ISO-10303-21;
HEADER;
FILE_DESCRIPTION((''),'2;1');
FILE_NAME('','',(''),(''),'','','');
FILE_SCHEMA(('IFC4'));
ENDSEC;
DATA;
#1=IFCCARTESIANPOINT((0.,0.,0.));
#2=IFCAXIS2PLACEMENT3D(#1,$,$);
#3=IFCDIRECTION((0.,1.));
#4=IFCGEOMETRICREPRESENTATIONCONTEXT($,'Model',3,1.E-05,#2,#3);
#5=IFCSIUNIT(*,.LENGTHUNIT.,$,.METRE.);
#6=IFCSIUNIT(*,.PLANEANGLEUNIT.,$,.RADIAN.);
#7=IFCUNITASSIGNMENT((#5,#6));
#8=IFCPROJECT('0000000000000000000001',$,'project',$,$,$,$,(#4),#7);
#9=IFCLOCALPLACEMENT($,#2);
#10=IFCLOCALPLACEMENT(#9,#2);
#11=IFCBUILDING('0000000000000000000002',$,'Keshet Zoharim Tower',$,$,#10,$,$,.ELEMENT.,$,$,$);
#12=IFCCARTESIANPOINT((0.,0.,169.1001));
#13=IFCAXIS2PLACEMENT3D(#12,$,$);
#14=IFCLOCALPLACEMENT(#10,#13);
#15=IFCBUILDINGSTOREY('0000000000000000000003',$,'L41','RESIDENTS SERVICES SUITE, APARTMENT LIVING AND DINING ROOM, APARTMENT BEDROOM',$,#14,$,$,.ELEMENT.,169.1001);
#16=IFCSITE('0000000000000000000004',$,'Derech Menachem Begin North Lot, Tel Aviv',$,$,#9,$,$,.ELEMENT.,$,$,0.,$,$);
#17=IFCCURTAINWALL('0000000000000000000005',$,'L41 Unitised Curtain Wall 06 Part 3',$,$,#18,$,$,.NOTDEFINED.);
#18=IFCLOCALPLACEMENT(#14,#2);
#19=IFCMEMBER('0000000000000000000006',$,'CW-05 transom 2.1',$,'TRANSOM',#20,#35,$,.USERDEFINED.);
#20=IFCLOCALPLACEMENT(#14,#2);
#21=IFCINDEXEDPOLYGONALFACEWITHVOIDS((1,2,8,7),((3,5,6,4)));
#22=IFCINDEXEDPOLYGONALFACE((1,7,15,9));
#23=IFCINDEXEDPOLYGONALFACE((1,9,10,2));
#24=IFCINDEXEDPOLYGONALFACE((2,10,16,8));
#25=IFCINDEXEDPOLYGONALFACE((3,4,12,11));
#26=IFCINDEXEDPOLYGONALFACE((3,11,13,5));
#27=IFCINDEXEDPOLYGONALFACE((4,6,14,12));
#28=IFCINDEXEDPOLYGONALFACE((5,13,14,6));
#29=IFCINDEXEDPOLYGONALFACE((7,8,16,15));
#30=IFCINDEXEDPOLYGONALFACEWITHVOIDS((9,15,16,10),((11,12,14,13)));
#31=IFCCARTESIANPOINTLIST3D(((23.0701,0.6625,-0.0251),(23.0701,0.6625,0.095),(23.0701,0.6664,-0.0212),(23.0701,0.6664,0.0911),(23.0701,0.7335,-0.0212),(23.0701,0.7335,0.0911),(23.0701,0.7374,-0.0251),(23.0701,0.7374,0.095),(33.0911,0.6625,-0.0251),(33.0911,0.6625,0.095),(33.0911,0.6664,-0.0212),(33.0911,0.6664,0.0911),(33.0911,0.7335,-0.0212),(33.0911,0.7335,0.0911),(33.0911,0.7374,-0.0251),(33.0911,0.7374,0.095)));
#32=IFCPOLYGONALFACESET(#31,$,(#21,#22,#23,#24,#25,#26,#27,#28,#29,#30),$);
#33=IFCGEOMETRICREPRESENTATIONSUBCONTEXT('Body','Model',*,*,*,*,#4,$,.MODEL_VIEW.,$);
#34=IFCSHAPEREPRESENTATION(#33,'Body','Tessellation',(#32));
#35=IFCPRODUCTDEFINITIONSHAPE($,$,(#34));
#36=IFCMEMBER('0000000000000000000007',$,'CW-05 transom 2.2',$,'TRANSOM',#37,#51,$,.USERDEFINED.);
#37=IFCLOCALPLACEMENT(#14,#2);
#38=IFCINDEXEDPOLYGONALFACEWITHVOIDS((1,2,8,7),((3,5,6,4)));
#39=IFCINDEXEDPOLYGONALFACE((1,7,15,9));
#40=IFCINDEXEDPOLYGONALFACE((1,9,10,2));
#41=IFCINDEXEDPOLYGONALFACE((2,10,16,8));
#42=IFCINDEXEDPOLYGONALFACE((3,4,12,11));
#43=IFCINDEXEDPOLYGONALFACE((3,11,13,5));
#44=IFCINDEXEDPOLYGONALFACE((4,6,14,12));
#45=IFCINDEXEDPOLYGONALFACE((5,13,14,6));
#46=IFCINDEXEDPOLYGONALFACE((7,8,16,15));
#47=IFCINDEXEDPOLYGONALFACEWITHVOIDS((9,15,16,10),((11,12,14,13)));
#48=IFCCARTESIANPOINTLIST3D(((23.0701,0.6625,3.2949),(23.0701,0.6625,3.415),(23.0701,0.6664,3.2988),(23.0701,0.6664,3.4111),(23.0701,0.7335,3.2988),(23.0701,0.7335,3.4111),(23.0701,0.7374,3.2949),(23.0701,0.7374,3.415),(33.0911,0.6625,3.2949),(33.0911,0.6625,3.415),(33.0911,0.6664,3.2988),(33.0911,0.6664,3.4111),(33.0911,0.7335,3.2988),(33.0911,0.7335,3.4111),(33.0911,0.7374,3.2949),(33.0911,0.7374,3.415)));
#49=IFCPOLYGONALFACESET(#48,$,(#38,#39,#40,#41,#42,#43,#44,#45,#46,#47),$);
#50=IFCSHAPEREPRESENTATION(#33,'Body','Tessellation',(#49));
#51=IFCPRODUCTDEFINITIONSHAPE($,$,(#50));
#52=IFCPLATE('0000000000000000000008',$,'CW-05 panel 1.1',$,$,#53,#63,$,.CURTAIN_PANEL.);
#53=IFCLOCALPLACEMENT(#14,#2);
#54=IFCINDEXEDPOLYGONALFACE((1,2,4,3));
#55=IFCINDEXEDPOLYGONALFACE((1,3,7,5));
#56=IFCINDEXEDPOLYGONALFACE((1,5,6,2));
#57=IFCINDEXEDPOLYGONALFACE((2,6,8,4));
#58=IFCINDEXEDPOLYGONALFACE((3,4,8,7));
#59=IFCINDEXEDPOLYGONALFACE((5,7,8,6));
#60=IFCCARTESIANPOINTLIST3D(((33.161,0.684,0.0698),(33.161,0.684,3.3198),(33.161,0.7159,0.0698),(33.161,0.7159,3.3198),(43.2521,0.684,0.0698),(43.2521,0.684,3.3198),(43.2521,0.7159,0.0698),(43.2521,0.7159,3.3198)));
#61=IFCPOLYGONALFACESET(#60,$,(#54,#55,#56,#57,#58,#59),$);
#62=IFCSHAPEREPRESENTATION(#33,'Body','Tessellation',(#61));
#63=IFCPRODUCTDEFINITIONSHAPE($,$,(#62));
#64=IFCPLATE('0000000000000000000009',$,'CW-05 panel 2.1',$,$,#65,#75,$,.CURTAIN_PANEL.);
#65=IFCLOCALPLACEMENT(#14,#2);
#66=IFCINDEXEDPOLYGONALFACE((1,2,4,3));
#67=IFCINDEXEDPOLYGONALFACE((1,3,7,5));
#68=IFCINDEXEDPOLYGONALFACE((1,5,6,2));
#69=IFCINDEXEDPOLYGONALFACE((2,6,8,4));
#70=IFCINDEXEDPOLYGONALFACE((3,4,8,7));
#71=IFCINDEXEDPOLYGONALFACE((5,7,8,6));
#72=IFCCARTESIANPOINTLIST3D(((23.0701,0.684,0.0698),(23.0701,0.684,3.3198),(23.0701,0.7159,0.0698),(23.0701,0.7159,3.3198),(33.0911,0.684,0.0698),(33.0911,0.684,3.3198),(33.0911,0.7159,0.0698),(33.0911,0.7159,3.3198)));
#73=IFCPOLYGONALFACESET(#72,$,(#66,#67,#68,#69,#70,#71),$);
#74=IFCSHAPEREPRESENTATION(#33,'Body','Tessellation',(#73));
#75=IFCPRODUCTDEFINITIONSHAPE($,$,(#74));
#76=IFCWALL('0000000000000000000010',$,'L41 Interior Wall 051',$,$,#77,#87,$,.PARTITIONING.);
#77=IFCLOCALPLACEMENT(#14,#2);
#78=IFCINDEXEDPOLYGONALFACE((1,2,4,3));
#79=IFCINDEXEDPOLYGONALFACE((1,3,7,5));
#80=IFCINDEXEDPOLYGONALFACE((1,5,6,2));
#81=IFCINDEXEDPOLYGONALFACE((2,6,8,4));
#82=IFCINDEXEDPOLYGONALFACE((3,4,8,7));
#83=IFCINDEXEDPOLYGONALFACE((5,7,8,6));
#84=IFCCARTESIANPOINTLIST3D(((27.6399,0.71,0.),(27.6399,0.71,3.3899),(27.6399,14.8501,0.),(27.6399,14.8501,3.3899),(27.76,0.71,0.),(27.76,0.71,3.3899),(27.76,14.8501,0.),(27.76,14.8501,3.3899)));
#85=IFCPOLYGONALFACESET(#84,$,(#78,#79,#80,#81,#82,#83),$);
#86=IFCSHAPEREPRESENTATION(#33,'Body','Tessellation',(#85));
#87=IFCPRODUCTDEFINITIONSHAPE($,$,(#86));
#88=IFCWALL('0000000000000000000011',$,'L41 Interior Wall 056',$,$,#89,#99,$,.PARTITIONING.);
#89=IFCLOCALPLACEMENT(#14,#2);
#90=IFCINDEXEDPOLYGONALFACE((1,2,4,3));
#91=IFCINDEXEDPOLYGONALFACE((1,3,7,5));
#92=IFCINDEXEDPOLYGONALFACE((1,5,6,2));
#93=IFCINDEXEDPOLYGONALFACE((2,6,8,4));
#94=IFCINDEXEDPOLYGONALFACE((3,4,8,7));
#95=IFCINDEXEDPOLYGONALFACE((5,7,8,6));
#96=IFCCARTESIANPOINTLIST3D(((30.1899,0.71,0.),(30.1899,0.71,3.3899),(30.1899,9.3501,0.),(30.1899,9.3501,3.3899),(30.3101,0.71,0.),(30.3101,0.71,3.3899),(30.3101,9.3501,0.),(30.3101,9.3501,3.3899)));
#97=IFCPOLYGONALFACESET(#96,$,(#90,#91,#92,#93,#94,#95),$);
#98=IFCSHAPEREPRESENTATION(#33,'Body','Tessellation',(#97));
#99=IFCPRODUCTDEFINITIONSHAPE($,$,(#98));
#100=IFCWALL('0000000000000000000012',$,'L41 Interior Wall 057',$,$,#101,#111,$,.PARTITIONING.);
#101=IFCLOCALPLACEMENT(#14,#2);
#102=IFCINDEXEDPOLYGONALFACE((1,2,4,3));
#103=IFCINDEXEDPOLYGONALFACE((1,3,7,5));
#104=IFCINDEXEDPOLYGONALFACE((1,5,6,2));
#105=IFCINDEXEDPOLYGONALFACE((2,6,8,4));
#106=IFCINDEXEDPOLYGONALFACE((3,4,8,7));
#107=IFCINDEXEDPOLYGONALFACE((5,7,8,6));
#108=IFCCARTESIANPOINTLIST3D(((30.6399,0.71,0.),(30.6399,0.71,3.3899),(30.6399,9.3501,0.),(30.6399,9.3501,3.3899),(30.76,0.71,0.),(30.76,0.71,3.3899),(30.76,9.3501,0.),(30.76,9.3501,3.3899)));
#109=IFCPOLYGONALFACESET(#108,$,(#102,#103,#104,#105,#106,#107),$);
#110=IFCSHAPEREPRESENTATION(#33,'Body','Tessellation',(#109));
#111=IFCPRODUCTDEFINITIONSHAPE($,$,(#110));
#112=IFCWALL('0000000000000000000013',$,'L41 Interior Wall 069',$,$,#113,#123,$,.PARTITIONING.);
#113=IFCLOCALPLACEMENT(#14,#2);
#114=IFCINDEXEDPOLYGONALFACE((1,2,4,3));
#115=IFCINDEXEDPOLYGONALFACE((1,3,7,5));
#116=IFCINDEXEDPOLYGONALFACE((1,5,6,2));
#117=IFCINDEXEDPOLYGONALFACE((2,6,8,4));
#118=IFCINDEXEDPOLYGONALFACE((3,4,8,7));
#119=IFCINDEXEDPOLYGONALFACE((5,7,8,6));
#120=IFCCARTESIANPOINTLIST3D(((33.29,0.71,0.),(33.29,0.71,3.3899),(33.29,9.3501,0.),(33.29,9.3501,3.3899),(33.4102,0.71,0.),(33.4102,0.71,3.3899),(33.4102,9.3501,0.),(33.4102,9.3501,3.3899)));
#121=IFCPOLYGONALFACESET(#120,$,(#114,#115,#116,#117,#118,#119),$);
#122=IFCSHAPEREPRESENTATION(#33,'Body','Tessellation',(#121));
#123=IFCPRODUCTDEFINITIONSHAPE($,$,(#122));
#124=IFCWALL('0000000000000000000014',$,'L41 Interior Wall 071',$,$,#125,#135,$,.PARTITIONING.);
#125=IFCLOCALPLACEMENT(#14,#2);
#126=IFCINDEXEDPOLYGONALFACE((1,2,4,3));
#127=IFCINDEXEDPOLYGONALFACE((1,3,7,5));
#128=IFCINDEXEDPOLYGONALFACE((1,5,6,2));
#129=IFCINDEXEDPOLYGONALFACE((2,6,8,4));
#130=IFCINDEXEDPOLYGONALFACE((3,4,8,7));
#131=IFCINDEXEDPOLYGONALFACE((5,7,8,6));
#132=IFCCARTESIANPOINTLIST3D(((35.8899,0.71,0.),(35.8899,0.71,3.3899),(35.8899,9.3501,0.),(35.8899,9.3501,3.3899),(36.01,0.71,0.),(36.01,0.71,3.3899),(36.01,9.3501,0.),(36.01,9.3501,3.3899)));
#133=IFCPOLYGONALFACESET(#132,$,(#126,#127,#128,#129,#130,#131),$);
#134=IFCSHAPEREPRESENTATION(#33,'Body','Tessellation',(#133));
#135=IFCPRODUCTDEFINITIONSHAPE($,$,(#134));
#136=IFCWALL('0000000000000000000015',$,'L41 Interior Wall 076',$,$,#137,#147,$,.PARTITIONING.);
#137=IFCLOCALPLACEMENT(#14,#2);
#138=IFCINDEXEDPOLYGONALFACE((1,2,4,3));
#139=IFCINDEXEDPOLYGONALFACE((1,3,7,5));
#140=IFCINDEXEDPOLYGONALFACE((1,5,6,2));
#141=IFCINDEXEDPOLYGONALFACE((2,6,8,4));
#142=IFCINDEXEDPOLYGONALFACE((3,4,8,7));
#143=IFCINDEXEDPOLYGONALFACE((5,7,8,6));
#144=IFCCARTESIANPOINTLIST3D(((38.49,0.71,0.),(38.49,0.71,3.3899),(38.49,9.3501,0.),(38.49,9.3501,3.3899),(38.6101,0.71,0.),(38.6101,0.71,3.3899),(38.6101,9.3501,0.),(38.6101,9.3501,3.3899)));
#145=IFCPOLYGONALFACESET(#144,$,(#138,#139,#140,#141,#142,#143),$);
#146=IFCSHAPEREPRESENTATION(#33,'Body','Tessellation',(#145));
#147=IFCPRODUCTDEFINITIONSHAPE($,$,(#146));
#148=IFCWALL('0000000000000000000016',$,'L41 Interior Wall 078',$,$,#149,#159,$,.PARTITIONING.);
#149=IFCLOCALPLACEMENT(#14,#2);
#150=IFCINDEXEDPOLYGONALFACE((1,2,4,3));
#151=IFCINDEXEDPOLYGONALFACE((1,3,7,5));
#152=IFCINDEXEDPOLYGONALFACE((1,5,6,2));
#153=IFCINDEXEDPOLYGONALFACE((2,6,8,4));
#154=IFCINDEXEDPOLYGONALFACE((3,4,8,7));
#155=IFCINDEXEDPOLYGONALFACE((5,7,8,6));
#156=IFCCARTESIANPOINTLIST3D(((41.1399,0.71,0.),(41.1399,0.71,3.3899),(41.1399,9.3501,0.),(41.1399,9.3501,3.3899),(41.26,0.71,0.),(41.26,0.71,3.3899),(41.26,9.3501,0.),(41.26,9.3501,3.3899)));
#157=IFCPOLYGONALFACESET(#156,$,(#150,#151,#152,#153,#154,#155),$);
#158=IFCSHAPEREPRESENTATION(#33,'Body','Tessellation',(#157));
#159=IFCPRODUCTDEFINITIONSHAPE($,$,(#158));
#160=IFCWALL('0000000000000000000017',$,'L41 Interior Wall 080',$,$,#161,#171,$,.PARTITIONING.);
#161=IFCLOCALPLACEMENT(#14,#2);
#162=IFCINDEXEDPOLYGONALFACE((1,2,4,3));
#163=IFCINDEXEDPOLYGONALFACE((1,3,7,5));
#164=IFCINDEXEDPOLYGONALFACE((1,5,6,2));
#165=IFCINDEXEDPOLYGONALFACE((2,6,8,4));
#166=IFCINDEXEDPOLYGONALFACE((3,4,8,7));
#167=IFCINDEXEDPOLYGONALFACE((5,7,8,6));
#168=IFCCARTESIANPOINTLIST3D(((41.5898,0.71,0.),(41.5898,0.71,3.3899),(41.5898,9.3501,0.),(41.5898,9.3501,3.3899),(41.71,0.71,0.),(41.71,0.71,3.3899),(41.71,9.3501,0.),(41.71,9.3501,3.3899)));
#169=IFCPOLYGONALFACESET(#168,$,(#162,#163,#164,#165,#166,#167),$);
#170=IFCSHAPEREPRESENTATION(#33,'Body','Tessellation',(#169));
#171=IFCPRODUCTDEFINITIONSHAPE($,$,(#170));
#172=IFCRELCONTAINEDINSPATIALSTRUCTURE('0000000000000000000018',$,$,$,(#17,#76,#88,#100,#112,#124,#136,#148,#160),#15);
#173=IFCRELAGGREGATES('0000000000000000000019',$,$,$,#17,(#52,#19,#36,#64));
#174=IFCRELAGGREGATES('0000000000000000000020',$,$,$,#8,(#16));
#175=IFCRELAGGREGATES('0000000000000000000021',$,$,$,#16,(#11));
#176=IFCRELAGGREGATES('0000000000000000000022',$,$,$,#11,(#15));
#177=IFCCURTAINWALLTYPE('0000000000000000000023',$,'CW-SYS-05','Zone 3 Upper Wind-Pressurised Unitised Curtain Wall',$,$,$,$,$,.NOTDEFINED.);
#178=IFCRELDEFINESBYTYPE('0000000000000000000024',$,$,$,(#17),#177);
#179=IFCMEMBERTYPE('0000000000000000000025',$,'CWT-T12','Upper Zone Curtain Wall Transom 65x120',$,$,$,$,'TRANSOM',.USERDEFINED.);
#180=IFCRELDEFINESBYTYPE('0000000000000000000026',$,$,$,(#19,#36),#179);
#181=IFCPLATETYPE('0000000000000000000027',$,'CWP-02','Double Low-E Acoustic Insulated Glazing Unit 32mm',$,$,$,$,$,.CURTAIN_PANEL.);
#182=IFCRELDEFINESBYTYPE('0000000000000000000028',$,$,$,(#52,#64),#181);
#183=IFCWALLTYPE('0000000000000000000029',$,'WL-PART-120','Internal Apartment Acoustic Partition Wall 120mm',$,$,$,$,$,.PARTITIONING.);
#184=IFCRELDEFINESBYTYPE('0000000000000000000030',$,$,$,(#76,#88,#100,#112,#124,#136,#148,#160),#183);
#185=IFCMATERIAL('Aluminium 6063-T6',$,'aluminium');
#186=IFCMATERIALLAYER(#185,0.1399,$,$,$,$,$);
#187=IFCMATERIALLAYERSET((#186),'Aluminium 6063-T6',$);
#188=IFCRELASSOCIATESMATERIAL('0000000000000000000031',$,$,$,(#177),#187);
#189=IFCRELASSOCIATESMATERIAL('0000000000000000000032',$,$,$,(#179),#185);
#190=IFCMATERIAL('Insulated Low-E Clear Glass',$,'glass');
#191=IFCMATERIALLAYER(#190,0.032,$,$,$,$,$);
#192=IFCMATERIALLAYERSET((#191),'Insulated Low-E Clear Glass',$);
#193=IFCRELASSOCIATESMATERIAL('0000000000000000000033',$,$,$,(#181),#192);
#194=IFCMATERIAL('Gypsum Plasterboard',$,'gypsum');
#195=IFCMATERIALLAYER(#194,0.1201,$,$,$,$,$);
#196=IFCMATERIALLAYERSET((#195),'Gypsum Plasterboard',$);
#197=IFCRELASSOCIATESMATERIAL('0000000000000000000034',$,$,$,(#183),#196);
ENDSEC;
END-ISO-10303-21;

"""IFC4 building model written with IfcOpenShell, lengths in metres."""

from ifc_helpers import new_model, si_unit, direction, frame, frame_2d, origin, origin_2d, place, context, subcontext, project, spatial, rectangle, hollow_rectangle, extrude, material, layer, layer_set, material_profile, profile_set, type_object, element, aggregate, save


model = new_model("IFC4")

# Units and contexts
model_context = context("Model", 3, precision=1e-05, world=origin(), true_north=direction((0.0, 1.0)))
body_context = subcontext(model_context, "Body", "Model", "MODEL_VIEW")
ifc_project = project(units=[si_unit("LENGTHUNIT", "METRE"), si_unit("PLANEANGLEUNIT", "RADIAN")], contexts=[model_context])

# Site, building, storey
site_placement = place(None, origin())
site = spatial("IfcSite", under=ifc_project, at=site_placement, Name="Derech Menachem Begin North Lot, Tel Aviv", CompositionType="ELEMENT", RefElevation=0.0)
building_placement = place(site_placement, origin())
building = spatial("IfcBuilding", under=site, at=building_placement, Name="Keshet Zoharim Tower", CompositionType="ELEMENT")
storey_placement = place(building_placement, frame((0.0, 0.0, 169.1001)))
storey = spatial("IfcBuildingStorey", under=building, at=storey_placement, Name="L41", Description="RESIDENTS SERVICES SUITE, APARTMENT LIVING AND DINING ROOM, APARTMENT BEDROOM", CompositionType="ELEMENT", Elevation=169.1001)

# Curtain wall, members, plates
ifc_material_1 = material(Name="Aluminium 6063-T6", Category="aluminium")
ifc_layer_1 = layer(ifc_material_1, 0.1399)
ifc_layer_set_1 = layer_set([ifc_layer_1], Name="Aluminium 6063-T6")
curtain_wall_type = type_object("IfcCurtainWallType", Name="CW-SYS-05", Description="Zone 3 Upper Wind-Pressurised Unitised Curtain Wall", PredefinedType="NOTDEFINED", material=ifc_layer_set_1)
curtain_wall_placement = place(storey_placement, origin())
curtain_wall = element("IfcCurtainWall", 1, at=curtain_wall_placement, inside=storey, type_object=curtain_wall_type, Name="L41 Unitised Curtain Wall 06 Part 3", PredefinedType="NOTDEFINED")
ifc_material_profile_1 = material_profile(ifc_material_1, hollow_rectangle(XDim=0.075, YDim=0.1201, WallThickness=0.0039, at=origin_2d()), Name="TRN-75x120")
ifc_profile_set_1 = profile_set([ifc_material_profile_1], Name="Aluminium 6063-T6")
member_type_1 = type_object("IfcMemberType", Name="CWT-T12", Description="Upper Zone Curtain Wall Transom 65x120", ElementType="TRANSOM", PredefinedType="USERDEFINED", material=ifc_profile_set_1)
member_1_placement = place(storey_placement, frame((33.0911, 0.7, 0.0349), z_axis=(-1.0, 0.0, 0.0), x_axis=(0.0, -1.0, 0.0)))
member_1 = element("IfcMember", 2, at=member_1_placement, type_object=member_type_1, Name="CW-05 transom 2.1", ObjectType="TRANSOM", PredefinedType="USERDEFINED", context=body_context, shape_type="SweptSolid", body=[
    extrude(hollow_rectangle(XDim=0.075, YDim=0.1201, WallThickness=0.0039, at=origin_2d()), origin(), (0.0, 0.0, 1.0), 10.021),
])
member_2_placement = place(storey_placement, frame((33.0911, 0.7, 3.355), z_axis=(-1.0, 0.0, 0.0), x_axis=(0.0, -1.0, 0.0)))
member_2 = element("IfcMember", 3, at=member_2_placement, type_object=member_type_1, Name="CW-05 transom 2.2", ObjectType="TRANSOM", PredefinedType="USERDEFINED", context=body_context, shape_type="SweptSolid", body=[
    extrude(hollow_rectangle(XDim=0.075, YDim=0.1201, WallThickness=0.0039, at=origin_2d()), origin(), (0.0, 0.0, 1.0), 10.021),
])
ifc_material_2 = material(Name="Insulated Low-E Clear Glass", Category="glass")
ifc_layer_2 = layer(ifc_material_2, 0.032)
ifc_layer_set_2 = layer_set([ifc_layer_2], Name="Insulated Low-E Clear Glass")
plate_type = type_object("IfcPlateType", Name="CWP-02", Description="Double Low-E Acoustic Insulated Glazing Unit 32mm", PredefinedType="CURTAIN_PANEL", material=ifc_layer_set_2)
plate_1_placement = place(storey_placement, frame((38.2065, 0.7, 0.0698), z_axis=(0.0, 0.0, 1.0), x_axis=(-1.0, 0.0, 0.0)))
plate_1 = element("IfcPlate", 4, at=plate_1_placement, type_object=plate_type, Name="CW-05 panel 1.1", PredefinedType="CURTAIN_PANEL", context=body_context, shape_type="SweptSolid", body=[
    extrude(rectangle(XDim=10.0911, YDim=0.032, at=origin_2d()), origin(), (0.0, 0.0, 1.0), 3.25),
])
plate_2_placement = place(storey_placement, frame((28.0806, 0.7, 0.0698), z_axis=(0.0, 0.0, 1.0), x_axis=(-1.0, 0.0, 0.0)))
plate_2 = element("IfcPlate", 5, at=plate_2_placement, type_object=plate_type, Name="CW-05 panel 2.1", PredefinedType="CURTAIN_PANEL", context=body_context, shape_type="SweptSolid", body=[
    extrude(rectangle(XDim=10.021, YDim=0.032, at=origin_2d()), origin(), (0.0, 0.0, 1.0), 3.25),
])
aggregate(curtain_wall, [plate_1, member_1, member_2, plate_2])

# Walls
ifc_material_3 = material(Name="Gypsum Plasterboard", Category="gypsum")
ifc_layer_3 = layer(ifc_material_3, 0.1201)
ifc_layer_set_3 = layer_set([ifc_layer_3], Name="Gypsum Plasterboard")
wall_type = type_object("IfcWallType", Name="WL-PART-120", Description="Internal Apartment Acoustic Partition Wall 120mm", PredefinedType="PARTITIONING", material=ifc_layer_set_3)
wall_placement = place(storey_placement, frame((27.7, 0.71, 0.0), z_axis=(0.0, 0.0, 1.0), x_axis=(0.0, 1.0, 0.0)))
element("IfcWall", 6, at=wall_placement, inside=storey, type_object=wall_type, Name="L41 Interior Wall 051", PredefinedType="PARTITIONING", context=body_context, shape_type="SweptSolid", body=[
    extrude(rectangle(XDim=14.1401, YDim=0.1201, at=frame_2d((7.0701, 0.0))), origin(), (0.0, 0.0, 1.0), 3.3899),
])
for number, where, z_axis, x_axis, name in (
    (7, (30.25, 0.71, 0.0), (0.0, 0.0, 1.0), (0.0, 1.0, 0.0), "L41 Interior Wall 056"),
    (8, (30.7, 0.71, 0.0), (0.0, 0.0, 1.0), (0.0, 1.0, 0.0), "L41 Interior Wall 057"),
    (9, (33.3501, 0.71, 0.0), (0.0, 0.0, 1.0), (0.0, 1.0, 0.0), "L41 Interior Wall 069"),
    (10, (35.95, 0.71, 0.0), (0.0, 0.0, 1.0), (0.0, 1.0, 0.0), "L41 Interior Wall 071"),
    (11, (38.55, 0.71, 0.0), (0.0, 0.0, 1.0), (0.0, 1.0, 0.0), "L41 Interior Wall 076"),
    (12, (41.2, 0.71, 0.0), (0.0, 0.0, 1.0), (0.0, 1.0, 0.0), "L41 Interior Wall 078"),
    (13, (41.6499, 0.71, 0.0), (0.0, 0.0, 1.0), (0.0, 1.0, 0.0), "L41 Interior Wall 080"),
):
    element("IfcWall", number, at=place(storey_placement, frame(where, z_axis=z_axis, x_axis=x_axis)), inside=storey, type_object=wall_type, Name=name, PredefinedType="PARTITIONING", context=body_context, shape_type="SweptSolid", body=[
        extrude(rectangle(XDim=8.6401, YDim=0.1201, at=frame_2d((4.3201, 0.0))), origin(), (0.0, 0.0, 1.0), 3.3899),
    ])

save(model, "model.ifc")
